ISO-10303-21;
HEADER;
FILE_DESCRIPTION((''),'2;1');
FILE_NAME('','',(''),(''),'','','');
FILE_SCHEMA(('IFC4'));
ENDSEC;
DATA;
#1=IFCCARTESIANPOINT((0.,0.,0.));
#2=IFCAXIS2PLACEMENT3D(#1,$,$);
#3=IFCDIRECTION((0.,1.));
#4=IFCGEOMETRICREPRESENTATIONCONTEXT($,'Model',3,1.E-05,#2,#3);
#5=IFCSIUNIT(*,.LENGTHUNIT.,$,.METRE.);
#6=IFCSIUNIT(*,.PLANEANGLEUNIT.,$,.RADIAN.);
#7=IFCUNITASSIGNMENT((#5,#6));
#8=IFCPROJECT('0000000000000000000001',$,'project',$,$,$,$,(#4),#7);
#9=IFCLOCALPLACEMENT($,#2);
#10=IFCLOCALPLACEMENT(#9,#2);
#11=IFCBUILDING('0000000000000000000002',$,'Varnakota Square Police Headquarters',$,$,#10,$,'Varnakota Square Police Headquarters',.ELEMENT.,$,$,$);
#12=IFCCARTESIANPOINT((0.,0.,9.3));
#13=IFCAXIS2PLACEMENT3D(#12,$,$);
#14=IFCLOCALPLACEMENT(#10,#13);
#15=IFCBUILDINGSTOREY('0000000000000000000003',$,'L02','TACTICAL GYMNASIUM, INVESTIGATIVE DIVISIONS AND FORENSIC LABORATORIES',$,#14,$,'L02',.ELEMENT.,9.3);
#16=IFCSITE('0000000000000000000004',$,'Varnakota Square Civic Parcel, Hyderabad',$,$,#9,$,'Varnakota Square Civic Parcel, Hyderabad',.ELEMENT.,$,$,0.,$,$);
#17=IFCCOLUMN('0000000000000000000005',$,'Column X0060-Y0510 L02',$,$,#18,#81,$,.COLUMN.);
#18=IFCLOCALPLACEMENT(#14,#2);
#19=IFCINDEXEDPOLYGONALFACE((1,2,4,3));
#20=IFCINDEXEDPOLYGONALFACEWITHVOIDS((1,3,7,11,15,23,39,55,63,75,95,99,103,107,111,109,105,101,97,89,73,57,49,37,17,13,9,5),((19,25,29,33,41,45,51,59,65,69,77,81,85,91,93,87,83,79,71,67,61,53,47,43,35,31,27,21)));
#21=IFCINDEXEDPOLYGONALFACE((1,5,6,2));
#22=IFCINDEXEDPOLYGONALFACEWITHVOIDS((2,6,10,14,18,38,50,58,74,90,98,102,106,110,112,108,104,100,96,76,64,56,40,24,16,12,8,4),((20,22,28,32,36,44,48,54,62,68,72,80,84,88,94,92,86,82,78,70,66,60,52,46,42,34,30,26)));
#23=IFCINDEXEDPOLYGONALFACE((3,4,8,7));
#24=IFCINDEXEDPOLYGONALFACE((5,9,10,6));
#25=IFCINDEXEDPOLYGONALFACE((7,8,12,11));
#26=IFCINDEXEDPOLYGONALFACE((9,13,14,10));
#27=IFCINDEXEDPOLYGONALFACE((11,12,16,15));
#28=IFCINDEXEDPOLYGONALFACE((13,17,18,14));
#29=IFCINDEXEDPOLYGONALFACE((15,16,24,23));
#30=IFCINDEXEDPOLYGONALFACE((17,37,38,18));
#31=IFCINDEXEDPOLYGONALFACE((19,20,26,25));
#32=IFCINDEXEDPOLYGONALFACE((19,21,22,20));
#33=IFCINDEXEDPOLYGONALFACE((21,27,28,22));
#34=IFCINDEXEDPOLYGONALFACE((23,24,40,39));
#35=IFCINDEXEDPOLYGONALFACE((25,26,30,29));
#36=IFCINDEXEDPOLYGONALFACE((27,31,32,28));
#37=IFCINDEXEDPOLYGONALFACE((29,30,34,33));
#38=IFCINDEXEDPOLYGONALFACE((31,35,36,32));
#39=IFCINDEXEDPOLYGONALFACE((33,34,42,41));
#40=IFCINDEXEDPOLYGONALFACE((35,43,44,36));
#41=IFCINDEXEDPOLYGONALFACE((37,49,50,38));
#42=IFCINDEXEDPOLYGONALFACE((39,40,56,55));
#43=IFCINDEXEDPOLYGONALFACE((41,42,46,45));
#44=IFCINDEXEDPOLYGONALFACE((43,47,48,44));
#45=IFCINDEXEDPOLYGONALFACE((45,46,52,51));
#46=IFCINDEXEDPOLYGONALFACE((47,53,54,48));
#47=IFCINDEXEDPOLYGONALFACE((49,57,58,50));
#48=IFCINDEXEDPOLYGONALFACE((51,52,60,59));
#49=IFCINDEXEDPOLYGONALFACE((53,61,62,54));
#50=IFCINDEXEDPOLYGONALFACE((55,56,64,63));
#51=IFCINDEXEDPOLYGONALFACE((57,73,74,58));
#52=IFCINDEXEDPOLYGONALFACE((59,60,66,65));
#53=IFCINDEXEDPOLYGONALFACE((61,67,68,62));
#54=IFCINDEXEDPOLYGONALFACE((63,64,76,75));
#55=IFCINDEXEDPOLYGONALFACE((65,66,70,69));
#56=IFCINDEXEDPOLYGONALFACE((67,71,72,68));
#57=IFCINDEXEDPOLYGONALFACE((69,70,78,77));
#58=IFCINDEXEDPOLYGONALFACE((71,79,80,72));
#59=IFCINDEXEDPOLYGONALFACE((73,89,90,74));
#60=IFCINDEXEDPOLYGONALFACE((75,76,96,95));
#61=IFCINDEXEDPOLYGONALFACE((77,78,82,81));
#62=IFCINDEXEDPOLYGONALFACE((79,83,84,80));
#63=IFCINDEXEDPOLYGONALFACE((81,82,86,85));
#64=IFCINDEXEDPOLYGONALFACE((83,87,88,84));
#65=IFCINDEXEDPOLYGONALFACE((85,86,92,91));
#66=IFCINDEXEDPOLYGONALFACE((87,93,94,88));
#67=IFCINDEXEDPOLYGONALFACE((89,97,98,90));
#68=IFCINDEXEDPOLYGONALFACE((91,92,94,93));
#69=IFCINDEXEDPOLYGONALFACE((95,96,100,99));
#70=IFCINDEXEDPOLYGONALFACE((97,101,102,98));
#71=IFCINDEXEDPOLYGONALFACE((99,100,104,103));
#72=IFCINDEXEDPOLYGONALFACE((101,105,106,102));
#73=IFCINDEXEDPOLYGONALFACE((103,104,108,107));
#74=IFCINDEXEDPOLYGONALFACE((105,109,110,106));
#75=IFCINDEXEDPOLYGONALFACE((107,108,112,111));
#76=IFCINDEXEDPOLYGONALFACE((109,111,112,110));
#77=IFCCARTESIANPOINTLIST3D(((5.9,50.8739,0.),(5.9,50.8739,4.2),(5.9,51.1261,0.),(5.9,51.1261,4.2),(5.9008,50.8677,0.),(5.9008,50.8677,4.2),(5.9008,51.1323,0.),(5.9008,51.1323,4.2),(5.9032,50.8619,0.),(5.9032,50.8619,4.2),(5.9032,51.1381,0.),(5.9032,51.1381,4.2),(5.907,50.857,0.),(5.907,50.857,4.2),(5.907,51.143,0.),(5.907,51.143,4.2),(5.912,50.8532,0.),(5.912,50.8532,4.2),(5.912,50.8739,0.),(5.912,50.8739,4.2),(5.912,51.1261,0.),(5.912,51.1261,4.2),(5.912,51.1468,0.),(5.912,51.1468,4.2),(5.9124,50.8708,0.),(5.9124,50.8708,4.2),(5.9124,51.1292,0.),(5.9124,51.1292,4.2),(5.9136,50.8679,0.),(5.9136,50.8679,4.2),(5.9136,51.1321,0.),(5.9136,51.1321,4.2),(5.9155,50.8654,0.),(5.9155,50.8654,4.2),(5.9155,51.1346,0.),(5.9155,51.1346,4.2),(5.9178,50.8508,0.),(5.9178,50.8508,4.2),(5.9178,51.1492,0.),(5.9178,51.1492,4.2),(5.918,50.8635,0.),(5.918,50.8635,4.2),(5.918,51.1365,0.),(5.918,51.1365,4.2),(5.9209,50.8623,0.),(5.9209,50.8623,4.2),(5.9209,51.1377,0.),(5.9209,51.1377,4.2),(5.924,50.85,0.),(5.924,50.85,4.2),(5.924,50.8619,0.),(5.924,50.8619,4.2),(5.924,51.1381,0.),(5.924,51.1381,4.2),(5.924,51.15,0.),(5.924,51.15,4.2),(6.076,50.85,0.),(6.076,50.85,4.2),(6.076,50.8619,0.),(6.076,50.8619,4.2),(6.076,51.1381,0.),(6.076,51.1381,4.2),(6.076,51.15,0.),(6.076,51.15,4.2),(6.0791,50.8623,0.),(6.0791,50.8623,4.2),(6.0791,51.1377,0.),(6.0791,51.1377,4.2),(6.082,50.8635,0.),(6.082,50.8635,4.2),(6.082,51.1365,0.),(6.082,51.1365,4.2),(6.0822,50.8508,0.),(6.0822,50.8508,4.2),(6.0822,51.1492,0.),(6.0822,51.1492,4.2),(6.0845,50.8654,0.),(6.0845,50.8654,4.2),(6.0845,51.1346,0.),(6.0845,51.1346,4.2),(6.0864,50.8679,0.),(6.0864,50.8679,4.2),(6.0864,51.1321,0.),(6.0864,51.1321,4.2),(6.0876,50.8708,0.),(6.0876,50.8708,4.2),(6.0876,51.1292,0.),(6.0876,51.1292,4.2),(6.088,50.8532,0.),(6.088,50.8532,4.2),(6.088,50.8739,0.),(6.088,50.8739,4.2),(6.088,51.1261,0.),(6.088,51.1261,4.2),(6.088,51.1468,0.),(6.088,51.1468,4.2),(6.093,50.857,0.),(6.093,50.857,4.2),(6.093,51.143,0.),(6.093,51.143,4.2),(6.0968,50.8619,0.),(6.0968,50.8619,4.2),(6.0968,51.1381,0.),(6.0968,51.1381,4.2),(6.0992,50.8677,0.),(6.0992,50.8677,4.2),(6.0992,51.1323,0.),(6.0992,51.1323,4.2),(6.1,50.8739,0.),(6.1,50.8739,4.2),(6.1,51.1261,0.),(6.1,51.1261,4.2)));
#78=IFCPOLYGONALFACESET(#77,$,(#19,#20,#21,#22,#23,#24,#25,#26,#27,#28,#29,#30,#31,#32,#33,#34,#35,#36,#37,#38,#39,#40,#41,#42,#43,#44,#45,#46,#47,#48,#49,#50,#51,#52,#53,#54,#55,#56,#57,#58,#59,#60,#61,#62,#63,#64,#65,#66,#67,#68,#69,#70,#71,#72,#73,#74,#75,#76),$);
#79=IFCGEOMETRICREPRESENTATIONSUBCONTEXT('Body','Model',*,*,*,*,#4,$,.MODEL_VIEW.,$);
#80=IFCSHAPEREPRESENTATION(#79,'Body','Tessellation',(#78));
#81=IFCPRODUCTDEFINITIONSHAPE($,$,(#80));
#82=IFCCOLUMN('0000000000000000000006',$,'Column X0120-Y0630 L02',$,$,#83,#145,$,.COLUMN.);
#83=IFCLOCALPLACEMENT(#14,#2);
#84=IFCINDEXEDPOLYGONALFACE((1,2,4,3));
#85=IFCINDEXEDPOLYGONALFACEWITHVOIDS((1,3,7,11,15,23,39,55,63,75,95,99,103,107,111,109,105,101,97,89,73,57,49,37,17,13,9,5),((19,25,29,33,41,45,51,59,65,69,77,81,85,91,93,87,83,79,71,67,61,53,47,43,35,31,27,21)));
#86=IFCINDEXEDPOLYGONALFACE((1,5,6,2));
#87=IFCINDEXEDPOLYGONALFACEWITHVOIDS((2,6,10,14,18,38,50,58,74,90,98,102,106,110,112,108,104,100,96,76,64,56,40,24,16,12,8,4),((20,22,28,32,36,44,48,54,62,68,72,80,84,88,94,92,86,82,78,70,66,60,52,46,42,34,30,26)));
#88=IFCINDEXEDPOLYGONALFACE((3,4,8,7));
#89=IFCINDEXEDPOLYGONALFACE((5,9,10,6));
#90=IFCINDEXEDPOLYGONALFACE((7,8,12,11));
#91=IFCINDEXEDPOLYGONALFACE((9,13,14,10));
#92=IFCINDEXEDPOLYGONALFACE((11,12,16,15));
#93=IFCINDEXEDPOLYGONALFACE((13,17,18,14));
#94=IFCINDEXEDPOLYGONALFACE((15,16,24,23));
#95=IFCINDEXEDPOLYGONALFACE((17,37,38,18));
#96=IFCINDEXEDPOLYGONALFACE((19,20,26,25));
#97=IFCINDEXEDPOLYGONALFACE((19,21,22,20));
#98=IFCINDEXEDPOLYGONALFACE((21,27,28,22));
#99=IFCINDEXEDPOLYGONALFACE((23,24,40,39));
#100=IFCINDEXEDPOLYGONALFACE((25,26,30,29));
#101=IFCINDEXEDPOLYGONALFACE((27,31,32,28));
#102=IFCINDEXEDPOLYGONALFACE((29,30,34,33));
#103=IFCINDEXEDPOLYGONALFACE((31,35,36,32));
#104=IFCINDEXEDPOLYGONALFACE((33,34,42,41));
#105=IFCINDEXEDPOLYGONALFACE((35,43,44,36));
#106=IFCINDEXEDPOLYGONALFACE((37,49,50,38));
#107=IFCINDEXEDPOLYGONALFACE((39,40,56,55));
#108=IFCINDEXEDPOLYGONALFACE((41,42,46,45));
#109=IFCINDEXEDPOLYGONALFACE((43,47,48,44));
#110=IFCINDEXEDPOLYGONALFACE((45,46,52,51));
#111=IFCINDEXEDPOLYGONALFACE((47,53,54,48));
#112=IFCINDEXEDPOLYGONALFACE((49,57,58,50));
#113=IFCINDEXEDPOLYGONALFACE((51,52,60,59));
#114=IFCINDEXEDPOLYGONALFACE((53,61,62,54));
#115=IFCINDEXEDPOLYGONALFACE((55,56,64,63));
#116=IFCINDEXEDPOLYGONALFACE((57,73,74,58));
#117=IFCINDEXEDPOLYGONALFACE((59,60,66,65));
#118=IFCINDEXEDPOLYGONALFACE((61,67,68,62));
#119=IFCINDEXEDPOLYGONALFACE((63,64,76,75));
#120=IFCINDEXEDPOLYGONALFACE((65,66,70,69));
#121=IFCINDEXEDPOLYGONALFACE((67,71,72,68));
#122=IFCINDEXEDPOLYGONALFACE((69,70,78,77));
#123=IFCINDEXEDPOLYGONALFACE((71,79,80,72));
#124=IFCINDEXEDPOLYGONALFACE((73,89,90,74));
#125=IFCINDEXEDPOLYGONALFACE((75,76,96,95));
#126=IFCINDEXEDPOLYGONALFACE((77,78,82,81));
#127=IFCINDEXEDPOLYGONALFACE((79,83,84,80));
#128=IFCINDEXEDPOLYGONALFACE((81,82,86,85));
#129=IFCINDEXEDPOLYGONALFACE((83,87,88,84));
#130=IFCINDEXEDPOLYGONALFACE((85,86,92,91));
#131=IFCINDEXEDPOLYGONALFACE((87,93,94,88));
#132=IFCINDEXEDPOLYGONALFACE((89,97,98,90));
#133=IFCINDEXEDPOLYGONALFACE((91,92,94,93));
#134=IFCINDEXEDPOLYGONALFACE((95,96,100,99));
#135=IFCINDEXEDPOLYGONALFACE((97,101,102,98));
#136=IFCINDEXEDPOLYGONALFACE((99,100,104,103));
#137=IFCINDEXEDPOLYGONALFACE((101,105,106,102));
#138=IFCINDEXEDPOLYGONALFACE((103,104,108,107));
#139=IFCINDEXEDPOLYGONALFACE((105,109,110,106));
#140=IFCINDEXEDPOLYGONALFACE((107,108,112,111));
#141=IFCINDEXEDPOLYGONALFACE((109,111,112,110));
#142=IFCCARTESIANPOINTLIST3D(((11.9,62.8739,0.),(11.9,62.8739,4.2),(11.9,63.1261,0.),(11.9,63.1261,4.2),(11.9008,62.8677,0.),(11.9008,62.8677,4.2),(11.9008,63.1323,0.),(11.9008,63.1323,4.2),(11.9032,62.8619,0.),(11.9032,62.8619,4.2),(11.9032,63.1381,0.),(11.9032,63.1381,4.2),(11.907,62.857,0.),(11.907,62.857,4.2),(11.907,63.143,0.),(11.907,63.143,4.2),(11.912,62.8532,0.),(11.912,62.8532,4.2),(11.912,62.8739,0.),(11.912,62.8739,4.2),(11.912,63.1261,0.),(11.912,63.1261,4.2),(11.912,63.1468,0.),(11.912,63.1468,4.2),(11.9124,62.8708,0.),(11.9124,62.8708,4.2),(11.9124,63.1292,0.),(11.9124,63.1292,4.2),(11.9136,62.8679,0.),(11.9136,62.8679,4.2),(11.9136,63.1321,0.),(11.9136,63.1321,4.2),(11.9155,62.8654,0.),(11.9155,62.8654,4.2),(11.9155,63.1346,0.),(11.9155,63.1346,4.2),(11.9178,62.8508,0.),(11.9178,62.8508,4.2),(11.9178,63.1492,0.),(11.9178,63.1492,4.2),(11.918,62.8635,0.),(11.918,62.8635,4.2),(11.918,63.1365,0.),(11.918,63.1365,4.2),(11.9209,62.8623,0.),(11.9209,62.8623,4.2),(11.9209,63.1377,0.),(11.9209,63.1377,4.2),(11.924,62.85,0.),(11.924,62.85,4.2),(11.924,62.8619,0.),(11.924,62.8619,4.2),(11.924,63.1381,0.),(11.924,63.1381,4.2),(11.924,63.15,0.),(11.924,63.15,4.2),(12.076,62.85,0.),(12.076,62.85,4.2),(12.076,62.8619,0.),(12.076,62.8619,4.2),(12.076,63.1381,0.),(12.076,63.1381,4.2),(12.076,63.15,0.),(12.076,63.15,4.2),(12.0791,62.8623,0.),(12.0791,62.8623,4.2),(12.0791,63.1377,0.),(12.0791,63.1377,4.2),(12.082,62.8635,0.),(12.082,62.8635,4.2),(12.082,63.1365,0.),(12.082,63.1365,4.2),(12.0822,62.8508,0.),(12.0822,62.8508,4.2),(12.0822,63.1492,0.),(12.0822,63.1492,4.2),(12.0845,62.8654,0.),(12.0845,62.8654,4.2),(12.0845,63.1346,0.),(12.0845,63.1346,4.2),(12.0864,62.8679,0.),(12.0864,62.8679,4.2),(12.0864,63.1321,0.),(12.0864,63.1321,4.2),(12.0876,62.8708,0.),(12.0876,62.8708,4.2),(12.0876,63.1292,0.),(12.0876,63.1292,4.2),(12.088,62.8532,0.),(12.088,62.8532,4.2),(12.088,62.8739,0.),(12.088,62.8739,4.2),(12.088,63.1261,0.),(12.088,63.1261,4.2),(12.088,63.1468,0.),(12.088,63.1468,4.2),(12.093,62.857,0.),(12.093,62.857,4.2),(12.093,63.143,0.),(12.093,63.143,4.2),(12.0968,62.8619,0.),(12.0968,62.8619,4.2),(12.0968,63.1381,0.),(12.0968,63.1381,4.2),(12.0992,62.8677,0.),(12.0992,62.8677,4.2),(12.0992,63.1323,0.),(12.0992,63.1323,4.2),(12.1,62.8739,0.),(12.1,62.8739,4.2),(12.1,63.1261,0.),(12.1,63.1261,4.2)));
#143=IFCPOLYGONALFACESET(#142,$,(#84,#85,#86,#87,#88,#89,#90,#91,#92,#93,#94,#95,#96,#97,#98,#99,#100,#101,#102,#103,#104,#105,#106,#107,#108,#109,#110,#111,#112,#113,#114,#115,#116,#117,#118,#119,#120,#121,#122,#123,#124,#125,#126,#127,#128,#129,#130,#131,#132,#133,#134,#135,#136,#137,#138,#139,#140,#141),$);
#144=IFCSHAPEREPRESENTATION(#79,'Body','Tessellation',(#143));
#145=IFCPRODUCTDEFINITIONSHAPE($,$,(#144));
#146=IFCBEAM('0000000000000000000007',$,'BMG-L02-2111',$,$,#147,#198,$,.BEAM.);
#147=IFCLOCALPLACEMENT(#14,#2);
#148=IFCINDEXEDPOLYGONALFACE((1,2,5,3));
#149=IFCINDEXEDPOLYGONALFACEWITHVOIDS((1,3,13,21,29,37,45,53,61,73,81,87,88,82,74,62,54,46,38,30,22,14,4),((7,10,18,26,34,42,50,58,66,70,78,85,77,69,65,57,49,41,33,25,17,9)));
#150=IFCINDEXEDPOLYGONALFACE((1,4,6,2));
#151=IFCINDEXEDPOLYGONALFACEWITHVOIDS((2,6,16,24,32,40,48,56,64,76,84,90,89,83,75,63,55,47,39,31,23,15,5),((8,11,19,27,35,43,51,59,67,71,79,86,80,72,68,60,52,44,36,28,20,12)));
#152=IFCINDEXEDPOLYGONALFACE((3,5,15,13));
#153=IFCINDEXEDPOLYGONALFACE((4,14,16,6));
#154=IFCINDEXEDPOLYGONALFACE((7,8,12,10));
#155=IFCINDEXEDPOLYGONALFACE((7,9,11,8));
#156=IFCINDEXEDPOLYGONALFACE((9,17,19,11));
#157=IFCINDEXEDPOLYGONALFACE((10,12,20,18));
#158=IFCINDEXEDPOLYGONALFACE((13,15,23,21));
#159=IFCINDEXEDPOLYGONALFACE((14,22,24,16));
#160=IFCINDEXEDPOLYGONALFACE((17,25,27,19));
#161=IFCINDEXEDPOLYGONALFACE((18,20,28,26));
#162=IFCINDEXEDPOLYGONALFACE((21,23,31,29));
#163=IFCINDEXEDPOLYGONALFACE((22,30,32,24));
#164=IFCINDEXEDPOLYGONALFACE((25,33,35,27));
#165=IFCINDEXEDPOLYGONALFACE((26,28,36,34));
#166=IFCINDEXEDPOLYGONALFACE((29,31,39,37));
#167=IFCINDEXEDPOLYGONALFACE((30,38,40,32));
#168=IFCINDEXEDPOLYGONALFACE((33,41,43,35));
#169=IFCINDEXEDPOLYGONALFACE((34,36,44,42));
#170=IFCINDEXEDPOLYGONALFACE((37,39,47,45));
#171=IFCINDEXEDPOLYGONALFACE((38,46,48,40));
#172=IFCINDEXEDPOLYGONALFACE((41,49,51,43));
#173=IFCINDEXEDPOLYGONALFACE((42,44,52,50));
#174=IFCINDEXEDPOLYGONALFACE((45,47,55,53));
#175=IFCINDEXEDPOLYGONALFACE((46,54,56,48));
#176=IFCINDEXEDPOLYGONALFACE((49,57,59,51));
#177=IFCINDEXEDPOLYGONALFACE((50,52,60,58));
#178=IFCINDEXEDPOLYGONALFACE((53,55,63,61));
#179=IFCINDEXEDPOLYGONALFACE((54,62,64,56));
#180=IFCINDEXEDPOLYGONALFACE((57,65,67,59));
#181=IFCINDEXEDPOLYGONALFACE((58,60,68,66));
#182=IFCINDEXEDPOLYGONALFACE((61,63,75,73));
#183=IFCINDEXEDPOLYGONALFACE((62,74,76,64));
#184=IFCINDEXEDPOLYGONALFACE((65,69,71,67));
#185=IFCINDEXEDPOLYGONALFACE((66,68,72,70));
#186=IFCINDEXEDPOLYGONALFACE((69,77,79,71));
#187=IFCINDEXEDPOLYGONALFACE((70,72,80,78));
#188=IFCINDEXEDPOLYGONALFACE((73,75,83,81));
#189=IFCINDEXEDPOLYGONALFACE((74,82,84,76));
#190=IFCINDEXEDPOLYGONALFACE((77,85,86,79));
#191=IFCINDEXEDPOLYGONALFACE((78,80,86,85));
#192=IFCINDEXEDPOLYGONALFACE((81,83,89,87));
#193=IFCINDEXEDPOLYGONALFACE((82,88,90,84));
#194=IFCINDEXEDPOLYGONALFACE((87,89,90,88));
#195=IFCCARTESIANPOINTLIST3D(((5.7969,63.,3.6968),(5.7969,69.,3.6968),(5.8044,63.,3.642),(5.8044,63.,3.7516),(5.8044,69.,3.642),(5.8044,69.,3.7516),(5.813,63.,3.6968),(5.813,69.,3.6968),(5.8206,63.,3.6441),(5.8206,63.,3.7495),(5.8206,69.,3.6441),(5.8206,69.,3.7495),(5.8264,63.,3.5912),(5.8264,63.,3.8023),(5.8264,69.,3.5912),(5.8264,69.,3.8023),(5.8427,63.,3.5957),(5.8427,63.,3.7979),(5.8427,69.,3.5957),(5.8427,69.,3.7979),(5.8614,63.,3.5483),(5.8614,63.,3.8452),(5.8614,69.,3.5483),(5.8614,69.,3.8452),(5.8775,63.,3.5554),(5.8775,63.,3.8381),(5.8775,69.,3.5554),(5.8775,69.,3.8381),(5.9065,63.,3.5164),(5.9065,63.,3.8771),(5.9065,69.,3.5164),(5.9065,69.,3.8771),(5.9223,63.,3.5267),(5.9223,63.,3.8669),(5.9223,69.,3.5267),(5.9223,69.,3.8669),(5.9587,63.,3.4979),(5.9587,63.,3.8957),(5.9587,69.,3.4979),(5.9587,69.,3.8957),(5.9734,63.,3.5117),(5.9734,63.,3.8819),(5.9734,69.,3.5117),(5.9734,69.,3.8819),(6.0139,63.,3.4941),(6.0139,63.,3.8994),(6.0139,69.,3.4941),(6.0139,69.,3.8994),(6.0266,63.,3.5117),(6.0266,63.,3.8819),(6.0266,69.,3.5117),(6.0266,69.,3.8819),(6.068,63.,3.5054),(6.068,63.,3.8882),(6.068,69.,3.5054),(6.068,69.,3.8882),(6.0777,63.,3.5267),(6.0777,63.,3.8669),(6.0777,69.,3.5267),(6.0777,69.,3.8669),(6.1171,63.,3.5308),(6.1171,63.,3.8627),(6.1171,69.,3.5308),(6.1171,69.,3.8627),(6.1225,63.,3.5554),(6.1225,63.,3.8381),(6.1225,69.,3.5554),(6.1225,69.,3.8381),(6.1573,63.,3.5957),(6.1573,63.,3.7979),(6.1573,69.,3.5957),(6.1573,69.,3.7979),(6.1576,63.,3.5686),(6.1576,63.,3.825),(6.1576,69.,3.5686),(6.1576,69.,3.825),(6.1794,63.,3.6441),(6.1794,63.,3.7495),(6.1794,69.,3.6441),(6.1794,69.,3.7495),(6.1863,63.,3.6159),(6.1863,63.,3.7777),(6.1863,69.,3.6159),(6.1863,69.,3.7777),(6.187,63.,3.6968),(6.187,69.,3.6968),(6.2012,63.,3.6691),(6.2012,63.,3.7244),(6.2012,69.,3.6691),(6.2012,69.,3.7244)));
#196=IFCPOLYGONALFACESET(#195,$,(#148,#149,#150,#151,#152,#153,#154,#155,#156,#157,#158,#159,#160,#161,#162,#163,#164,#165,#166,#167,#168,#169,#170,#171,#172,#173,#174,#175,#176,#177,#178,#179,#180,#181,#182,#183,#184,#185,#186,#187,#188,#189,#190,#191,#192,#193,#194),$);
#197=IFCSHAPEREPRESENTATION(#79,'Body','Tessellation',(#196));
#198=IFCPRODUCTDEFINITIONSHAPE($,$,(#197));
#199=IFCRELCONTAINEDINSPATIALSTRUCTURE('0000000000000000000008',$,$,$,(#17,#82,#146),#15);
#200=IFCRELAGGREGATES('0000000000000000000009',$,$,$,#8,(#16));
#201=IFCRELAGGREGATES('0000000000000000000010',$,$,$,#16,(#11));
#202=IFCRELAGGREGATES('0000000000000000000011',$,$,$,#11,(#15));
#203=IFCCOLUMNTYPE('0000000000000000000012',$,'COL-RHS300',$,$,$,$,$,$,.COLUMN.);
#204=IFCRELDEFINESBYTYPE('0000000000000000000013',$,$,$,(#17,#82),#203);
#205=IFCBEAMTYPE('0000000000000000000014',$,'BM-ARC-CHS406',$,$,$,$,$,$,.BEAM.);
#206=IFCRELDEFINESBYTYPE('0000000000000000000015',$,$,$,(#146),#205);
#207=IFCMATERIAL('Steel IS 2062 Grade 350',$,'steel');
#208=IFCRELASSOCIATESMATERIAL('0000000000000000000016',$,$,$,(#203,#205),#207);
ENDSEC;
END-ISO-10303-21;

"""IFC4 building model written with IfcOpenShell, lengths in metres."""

from ifc_helpers import new_model, si_unit, direction, frame, origin, origin_2d, place, context, subcontext, project, spatial, hollow_rectangle, hollow_circle, extrude, material, material_profile, profile_set, type_object, element, save


model = new_model("IFC4")

# Units and contexts
model_context = context("Model", 3, precision=1e-05, world=origin(), true_north=direction((0.0, 1.0)))
body_context = subcontext(model_context, "Body", "Model", "MODEL_VIEW")
ifc_project = project(units=[si_unit("LENGTHUNIT", "METRE"), si_unit("PLANEANGLEUNIT", "RADIAN")], contexts=[model_context])

# Site, building, storey
site_placement = place(None, origin())
site = spatial("IfcSite", under=ifc_project, at=site_placement, Name="Varnakota Square Civic Parcel, Hyderabad", LongName="Varnakota Square Civic Parcel, Hyderabad", CompositionType="ELEMENT", RefElevation=0.0)
building_placement = place(site_placement, origin())
building = spatial("IfcBuilding", under=site, at=building_placement, Name="Varnakota Square Police Headquarters", LongName="Varnakota Square Police Headquarters", CompositionType="ELEMENT")
storey_placement = place(building_placement, frame((0.0, 0.0, 9.3)))
storey = spatial("IfcBuildingStorey", under=building, at=storey_placement, Name="L02", Description="TACTICAL GYMNASIUM, INVESTIGATIVE DIVISIONS AND FORENSIC LABORATORIES", LongName="L02", CompositionType="ELEMENT", Elevation=9.3)

# Columns
ifc_material_1 = material(Name="Steel IS 2062 Grade 350", Category="steel")
ifc_material_profile_1 = material_profile(ifc_material_1, hollow_rectangle(XDim=0.2, YDim=0.3, WallThickness=0.012, InnerFilletRadius=0.012, OuterFilletRadius=0.0239, at=origin_2d()), Name="RHS 300x200x12")
ifc_profile_set_1 = profile_set([ifc_material_profile_1], Name="Steel IS 2062 Grade 350")
column_type_1 = type_object("IfcColumnType", Name="COL-RHS300", PredefinedType="COLUMN", material=ifc_profile_set_1)
for number, where, z_axis, x_axis, name in (
    (1, (6.0, 51.0, 0.0), (0.0, 0.0, 1.0), (1.0, 0.0, 0.0), "Column X0060-Y0510 L02"),
    (2, (12.0, 63.0, 0.0), (0.0, 0.0, 1.0), (1.0, 0.0, 0.0), "Column X0120-Y0630 L02"),
):
    element("IfcColumn", number, at=place(storey_placement, frame(where, z_axis=z_axis, x_axis=x_axis)), inside=storey, type_object=column_type_1, Name=name, PredefinedType="COLUMN", context=body_context, shape_type="SweptSolid", body=[
        extrude(hollow_rectangle(XDim=0.2, YDim=0.3, WallThickness=0.012, InnerFilletRadius=0.012, OuterFilletRadius=0.0239, at=origin_2d()), origin(), (0.0, 0.0, 1.0), 4.2),
    ])

# Beam
ifc_material_profile_2 = material_profile(ifc_material_1, hollow_circle(Radius=0.2031, WallThickness=0.0161, at=origin_2d()), Name="CHS 406.4x16.0")
ifc_profile_set_2 = profile_set([ifc_material_profile_2], Name="Steel IS 2062 Grade 350")
beam_type_1 = type_object("IfcBeamType", Name="BM-ARC-CHS406", PredefinedType="BEAM", material=ifc_profile_set_2)
beam_1_placement = place(storey_placement, frame((6.0, 63.0, 3.6968), z_axis=(0.0, 1.0, 0.0), x_axis=(-1.0, 0.0, 0.0)))
element("IfcBeam", 3, at=beam_1_placement, inside=storey, type_object=beam_type_1, Name="BMG-L02-2111", PredefinedType="BEAM", context=body_context, shape_type="SweptSolid", body=[
    extrude(hollow_circle(Radius=0.2031, WallThickness=0.0161, at=origin_2d()), origin(), (0.0, 0.0, 1.0), 6.0),
])

save(model, "model.ifc")
